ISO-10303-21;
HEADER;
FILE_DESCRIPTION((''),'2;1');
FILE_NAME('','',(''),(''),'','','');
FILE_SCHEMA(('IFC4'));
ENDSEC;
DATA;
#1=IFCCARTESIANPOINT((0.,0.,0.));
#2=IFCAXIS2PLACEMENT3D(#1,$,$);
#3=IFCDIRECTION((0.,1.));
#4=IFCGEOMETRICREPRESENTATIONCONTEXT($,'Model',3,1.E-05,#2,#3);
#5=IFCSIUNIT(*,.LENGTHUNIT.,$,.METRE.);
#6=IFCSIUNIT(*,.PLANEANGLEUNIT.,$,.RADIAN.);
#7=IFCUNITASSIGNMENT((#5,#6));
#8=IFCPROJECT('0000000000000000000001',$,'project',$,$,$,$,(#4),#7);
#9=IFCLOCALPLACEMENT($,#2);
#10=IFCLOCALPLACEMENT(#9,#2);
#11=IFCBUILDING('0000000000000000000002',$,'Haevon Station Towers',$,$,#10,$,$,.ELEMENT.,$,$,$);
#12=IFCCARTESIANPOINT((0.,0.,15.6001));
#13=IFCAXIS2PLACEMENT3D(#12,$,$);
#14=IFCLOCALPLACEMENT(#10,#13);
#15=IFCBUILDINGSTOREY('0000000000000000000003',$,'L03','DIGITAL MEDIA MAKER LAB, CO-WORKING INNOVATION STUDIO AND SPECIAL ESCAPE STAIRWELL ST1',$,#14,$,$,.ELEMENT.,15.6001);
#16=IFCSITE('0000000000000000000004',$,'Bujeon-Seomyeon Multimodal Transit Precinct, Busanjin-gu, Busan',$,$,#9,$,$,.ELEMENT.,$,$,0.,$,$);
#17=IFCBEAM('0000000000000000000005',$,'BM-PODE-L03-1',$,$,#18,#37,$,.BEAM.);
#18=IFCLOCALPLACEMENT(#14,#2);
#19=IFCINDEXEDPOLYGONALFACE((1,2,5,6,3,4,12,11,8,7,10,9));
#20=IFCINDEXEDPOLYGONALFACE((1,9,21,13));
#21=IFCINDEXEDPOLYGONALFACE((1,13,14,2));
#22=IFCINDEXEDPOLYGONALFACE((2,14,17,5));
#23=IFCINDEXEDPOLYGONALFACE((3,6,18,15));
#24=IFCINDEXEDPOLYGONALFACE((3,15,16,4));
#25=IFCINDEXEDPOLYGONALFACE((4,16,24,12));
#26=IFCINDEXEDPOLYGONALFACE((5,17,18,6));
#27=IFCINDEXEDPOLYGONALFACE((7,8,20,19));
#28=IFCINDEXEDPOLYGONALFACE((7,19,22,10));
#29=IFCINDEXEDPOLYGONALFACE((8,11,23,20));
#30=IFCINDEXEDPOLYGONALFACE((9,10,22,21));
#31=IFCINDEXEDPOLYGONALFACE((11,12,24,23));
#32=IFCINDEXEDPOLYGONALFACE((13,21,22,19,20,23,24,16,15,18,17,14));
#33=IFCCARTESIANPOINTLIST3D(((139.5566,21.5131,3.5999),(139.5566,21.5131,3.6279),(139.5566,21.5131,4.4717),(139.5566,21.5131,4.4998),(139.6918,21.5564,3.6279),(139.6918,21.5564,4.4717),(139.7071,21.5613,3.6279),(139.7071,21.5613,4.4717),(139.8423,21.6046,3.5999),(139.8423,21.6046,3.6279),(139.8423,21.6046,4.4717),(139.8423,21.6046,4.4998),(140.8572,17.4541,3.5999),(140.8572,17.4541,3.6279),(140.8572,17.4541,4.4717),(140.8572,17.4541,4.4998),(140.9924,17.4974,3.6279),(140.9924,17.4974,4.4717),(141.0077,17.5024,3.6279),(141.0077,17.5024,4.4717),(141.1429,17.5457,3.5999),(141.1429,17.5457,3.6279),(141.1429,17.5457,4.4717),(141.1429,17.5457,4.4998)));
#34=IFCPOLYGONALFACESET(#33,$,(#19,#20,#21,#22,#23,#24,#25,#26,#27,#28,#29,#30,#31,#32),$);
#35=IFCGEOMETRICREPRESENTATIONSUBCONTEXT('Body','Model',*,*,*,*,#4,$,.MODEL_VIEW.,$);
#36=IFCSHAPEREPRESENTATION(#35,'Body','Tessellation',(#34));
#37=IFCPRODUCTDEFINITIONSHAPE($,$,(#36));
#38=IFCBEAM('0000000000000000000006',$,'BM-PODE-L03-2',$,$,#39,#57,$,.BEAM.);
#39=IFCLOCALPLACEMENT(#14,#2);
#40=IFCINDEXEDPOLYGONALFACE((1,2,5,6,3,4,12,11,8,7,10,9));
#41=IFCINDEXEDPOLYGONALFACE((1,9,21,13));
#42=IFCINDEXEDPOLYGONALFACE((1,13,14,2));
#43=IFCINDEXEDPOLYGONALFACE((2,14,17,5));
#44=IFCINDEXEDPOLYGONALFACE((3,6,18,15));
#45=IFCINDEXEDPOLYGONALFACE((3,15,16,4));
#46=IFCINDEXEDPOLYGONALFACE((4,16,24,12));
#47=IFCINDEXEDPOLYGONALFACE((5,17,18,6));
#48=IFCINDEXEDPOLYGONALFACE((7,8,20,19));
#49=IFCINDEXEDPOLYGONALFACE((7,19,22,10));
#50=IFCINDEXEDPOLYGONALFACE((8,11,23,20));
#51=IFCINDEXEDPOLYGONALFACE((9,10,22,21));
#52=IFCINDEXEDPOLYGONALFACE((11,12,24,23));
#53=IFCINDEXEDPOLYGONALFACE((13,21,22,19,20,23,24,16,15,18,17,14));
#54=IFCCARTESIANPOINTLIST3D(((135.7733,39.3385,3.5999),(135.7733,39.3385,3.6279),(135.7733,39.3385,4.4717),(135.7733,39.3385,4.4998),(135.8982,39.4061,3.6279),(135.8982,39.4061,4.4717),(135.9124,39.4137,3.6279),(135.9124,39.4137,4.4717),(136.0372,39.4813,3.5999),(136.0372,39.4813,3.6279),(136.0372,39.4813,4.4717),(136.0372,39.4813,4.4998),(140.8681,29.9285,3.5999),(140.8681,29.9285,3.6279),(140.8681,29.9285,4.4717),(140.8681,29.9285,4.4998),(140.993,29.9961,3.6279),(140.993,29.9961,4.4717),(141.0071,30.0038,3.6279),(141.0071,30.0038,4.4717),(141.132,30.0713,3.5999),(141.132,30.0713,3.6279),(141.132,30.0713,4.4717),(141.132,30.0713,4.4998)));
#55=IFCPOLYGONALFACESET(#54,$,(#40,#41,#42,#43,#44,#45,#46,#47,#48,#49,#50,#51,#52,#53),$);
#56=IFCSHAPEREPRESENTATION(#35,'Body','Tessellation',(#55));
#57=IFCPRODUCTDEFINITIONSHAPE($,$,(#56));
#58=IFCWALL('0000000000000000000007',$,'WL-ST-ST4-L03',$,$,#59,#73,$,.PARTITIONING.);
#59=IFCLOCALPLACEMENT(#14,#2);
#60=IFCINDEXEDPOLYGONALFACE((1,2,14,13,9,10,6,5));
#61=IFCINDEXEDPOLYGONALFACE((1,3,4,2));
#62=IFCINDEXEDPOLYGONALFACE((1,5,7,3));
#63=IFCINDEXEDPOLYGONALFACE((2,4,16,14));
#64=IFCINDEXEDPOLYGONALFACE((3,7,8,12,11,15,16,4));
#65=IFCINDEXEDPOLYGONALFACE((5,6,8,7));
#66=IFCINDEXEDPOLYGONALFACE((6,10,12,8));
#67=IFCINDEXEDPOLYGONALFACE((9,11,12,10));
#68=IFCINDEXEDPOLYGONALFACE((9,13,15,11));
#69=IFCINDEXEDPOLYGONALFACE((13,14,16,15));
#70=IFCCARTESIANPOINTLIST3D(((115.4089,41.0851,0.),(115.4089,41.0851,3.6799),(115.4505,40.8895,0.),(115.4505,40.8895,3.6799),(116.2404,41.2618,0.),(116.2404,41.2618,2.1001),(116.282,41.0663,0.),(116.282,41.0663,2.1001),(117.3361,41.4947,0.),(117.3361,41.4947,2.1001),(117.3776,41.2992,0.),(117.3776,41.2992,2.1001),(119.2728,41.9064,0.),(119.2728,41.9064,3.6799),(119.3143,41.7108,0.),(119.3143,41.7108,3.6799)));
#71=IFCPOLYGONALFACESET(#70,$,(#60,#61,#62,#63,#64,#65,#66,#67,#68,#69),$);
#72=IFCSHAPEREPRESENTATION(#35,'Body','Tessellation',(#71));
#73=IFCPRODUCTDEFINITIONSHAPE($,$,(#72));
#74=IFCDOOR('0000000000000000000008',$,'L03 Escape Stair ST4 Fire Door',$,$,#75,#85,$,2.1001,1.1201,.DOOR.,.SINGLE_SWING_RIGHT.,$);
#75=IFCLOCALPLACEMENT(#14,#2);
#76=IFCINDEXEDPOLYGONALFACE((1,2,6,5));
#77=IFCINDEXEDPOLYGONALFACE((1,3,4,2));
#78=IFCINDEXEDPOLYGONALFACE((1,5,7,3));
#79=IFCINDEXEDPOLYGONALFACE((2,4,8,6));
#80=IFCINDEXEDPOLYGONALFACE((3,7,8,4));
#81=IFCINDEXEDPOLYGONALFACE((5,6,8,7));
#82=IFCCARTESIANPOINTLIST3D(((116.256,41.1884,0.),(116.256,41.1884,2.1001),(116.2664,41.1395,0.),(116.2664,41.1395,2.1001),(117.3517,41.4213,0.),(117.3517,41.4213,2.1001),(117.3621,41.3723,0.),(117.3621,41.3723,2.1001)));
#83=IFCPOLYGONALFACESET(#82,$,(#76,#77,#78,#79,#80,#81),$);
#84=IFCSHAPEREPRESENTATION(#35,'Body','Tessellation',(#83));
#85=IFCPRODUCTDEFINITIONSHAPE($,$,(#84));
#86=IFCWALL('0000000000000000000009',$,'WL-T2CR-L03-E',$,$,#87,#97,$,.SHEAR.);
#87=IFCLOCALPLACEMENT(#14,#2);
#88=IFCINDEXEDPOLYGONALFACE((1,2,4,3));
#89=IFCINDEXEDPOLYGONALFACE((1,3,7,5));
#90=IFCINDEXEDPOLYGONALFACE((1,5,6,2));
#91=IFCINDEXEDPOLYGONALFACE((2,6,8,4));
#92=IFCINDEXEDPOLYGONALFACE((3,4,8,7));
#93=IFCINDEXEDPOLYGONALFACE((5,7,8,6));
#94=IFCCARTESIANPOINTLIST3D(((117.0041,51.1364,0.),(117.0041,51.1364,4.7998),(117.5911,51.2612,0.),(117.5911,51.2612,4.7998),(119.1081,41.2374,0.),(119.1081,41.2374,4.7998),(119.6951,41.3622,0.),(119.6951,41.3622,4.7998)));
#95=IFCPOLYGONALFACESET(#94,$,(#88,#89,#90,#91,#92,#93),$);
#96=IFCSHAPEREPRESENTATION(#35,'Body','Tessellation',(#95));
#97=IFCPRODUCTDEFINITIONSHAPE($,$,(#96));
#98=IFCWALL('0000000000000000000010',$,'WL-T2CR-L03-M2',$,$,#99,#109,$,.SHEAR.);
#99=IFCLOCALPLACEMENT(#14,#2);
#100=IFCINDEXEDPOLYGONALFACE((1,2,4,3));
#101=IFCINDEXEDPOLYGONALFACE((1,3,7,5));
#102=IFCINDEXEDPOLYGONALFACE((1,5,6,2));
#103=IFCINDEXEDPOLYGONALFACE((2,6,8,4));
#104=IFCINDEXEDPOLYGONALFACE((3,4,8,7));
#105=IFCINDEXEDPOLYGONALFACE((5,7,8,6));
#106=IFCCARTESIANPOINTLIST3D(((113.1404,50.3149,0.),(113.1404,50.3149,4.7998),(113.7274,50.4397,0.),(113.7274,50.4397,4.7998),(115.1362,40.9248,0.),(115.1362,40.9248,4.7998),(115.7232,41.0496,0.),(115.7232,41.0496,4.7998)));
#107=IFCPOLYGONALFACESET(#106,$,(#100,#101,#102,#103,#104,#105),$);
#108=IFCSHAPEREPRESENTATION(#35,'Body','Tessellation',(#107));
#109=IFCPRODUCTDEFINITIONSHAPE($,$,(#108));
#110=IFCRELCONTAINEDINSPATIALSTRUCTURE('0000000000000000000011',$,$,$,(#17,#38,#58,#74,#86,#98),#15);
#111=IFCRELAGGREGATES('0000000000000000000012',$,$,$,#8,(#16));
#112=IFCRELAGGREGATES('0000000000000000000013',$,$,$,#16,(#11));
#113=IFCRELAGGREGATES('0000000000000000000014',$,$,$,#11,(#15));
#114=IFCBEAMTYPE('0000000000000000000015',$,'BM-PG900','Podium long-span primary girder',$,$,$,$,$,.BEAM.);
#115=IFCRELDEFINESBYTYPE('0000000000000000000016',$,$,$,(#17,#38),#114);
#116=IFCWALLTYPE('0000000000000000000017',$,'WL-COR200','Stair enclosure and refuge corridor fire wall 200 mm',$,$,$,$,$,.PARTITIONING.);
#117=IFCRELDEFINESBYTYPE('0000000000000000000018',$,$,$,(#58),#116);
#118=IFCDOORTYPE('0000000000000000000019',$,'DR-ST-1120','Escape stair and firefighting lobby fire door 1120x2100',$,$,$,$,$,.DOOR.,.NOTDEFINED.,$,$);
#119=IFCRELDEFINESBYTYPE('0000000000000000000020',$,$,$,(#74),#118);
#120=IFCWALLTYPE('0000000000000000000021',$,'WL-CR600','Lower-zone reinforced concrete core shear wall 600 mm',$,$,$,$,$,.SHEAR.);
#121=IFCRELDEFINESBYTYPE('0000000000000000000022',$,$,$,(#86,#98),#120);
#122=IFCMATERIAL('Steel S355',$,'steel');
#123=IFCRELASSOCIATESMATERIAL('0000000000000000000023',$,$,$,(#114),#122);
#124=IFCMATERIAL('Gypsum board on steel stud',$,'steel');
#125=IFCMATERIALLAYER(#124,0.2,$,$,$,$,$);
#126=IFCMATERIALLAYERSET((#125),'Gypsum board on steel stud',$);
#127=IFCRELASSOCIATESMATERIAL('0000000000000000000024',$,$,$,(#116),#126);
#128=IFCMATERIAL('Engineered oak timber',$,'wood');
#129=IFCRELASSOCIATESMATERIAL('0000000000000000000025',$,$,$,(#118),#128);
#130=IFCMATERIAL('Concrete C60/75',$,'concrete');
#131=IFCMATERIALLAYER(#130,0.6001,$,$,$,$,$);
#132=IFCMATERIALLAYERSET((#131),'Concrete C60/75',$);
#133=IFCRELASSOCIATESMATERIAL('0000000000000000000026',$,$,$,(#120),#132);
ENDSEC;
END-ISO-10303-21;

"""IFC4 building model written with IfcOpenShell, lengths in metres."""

from ifc_helpers import new_model, si_unit, direction, frame, frame_2d, origin, origin_2d, place, context, subcontext, project, spatial, rectangle, i_section, extrude, material, layer, layer_set, material_profile, profile_set, type_object, element, fill, save


model = new_model("IFC4")

# Units and contexts
model_context = context("Model", 3, precision=1e-05, world=origin(), true_north=direction((0.0, 1.0)))
body_context = subcontext(model_context, "Body", "Model", "MODEL_VIEW")
ifc_project = project(units=[si_unit("LENGTHUNIT", "METRE"), si_unit("PLANEANGLEUNIT", "RADIAN")], contexts=[model_context])

# Site, building, storey
site_placement = place(None, origin())
site = spatial("IfcSite", under=ifc_project, at=site_placement, Name="Bujeon-Seomyeon Multimodal Transit Precinct, Busanjin-gu, Busan", CompositionType="ELEMENT", RefElevation=0.0)
building_placement = place(site_placement, origin())
building = spatial("IfcBuilding", under=site, at=building_placement, Name="Haevon Station Towers", CompositionType="ELEMENT")
storey_placement = place(building_placement, frame((0.0, 0.0, 15.6001)))
storey = spatial("IfcBuildingStorey", under=building, at=storey_placement, Name="L03", Description="DIGITAL MEDIA MAKER LAB, CO-WORKING INNOVATION STUDIO AND SPECIAL ESCAPE STAIRWELL ST1", CompositionType="ELEMENT", Elevation=15.6001)

# Beams
ifc_material_1 = material(Name="Steel S355", Category="steel")
ifc_material_profile_1 = material_profile(ifc_material_1, i_section(OverallWidth=0.3, OverallDepth=0.8999, WebThickness=0.0161, FlangeThickness=0.0281, at=origin_2d()), Name="H-900x300x16x28")
ifc_profile_set_1 = profile_set([ifc_material_profile_1], Name="Steel S355")
beam_type_1 = type_object("IfcBeamType", Name="BM-PG900", Description="Podium long-span primary girder", PredefinedType="BEAM", material=ifc_profile_set_1)
beam_1_placement = place(storey_placement, frame((139.6995, 21.5588, 4.0498), z_axis=(0.305139, -0.952308, 0.0), x_axis=(0.952308, 0.305139, 0.0)))
element("IfcBeam", 1, at=beam_1_placement, inside=storey, type_object=beam_type_1, Name="BM-PODE-L03-1", PredefinedType="BEAM", context=body_context, shape_type="SweptSolid", body=[
    extrude(i_section(OverallWidth=0.3, OverallDepth=0.8999, WebThickness=0.0161, FlangeThickness=0.0281, at=origin_2d()), origin(), (0.0, 0.0, 1.0), 4.2622),
])
beam_2_placement = place(storey_placement, frame((135.9053, 39.4099, 4.0498), z_axis=(0.476116, -0.879382, 0.0), x_axis=(0.879382, 0.476116, 0.0)))
element("IfcBeam", 2, at=beam_2_placement, inside=storey, type_object=beam_type_1, Name="BM-PODE-L03-2", PredefinedType="BEAM", context=body_context, shape_type="SweptSolid", body=[
    extrude(i_section(OverallWidth=0.3, OverallDepth=0.8999, WebThickness=0.0161, FlangeThickness=0.0281, at=origin_2d()), origin(), (0.0, 0.0, 1.0), 10.7007),
])

# Wall, opening, door
ifc_material_2 = material(Name="Gypsum board on steel stud", Category="steel")
ifc_layer_1 = layer(ifc_material_2, 0.2)
ifc_layer_set_1 = layer_set([ifc_layer_1], Name="Gypsum board on steel stud")
wall_type_1 = type_object("IfcWallType", Name="WL-COR200", Description="Stair enclosure and refuge corridor fire wall 200 mm", PredefinedType="PARTITIONING", material=ifc_layer_set_1)
wall_1_placement = place(storey_placement, frame((115.4297, 40.9873, 0.0), z_axis=(0.0, 0.0, 1.0), x_axis=(0.978147, 0.207916, 0.0)))
wall_1 = element("IfcWall", 3, at=wall_1_placement, inside=storey, type_object=wall_type_1, Name="WL-ST-ST4-L03", PredefinedType="PARTITIONING", context=body_context, shape_type="SweptSolid", body=[
    extrude(rectangle(XDim=3.9502, YDim=0.2, at=frame_2d((1.9751, 0.0))), origin(), (0.0, 0.0, 1.0), 3.6799),
])
opening_1_placement = place(wall_1_placement, frame((0.8501, 0.0, 0.0)))
opening_1 = element("IfcOpeningElement", 4, at=opening_1_placement, cuts=wall_1, PredefinedType="OPENING", context=body_context, shape_type="SweptSolid", body=[
    extrude(rectangle(XDim=1.1201, YDim=2.1001, at=frame_2d((0.5601, 1.05))), frame((0.0, 0.1099, 0.0), z_axis=(0.0, -1.0, 0.0), x_axis=(1.0, 0.0, 0.0)), (0.0, 0.0, 1.0), 0.22),
])
ifc_material_3 = material(Name="Engineered oak timber", Category="wood")
door_type = type_object("IfcDoorType", Name="DR-ST-1120", Description="Escape stair and firefighting lobby fire door 1120x2100", OperationType="NOTDEFINED", PredefinedType="DOOR", material=ifc_material_3)
door_placement = place(opening_1_placement, origin())
door = element("IfcDoor", 5, at=door_placement, inside=storey, type_object=door_type, Name="L03 Escape Stair ST4 Fire Door", OperationType="SINGLE_SWING_RIGHT", OverallHeight=2.1001, OverallWidth=1.1201, PredefinedType="DOOR", context=body_context, shape_type="SweptSolid", body=[
    extrude(rectangle(XDim=1.1201, YDim=2.1001, at=frame_2d((0.5601, 1.05))), frame((0.0, 0.0249, 0.0), z_axis=(0.0, -1.0, 0.0), x_axis=(1.0, 0.0, 0.0)), (0.0, 0.0, 1.0), 0.05),
])
fill(opening_1, door)

# Walls
ifc_material_4 = material(Name="Concrete C60/75", Category="concrete")
ifc_layer_2 = layer(ifc_material_4, 0.6001)
ifc_layer_set_2 = layer_set([ifc_layer_2], Name="Concrete C60/75")
wall_type_2 = type_object("IfcWallType", Name="WL-CR600", Description="Lower-zone reinforced concrete core shear wall 600 mm", PredefinedType="SHEAR", material=ifc_layer_set_2)
wall_2_placement = place(storey_placement, frame((119.4016, 41.2998, 0.0), z_axis=(0.0, 0.0, 1.0), x_axis=(-0.207904, 0.978149, 0.0)))
element("IfcWall", 6, at=wall_2_placement, inside=storey, type_object=wall_type_2, Name="WL-T2CR-L03-E", PredefinedType="SHEAR", context=body_context, shape_type="SweptSolid", body=[
    extrude(rectangle(XDim=10.1201, YDim=0.6001, at=frame_2d((5.0601, 0.0))), origin(), (0.0, 0.0, 1.0), 4.7998),
])
wall_3_placement = place(storey_placement, frame((115.4297, 40.9873, 0.0), z_axis=(0.0, 0.0, 1.0), x_axis=(-0.207903, 0.978149, 0.0)))
element("IfcWall", 7, at=wall_3_placement, inside=storey, type_object=wall_type_2, Name="WL-T2CR-L03-M2", PredefinedType="SHEAR", context=body_context, shape_type="SweptSolid", body=[
    extrude(rectangle(XDim=9.5999, YDim=0.6001, at=frame_2d((4.7998, 0.0))), origin(), (0.0, 0.0, 1.0), 4.7998),
])

save(model, "model.ifc")
